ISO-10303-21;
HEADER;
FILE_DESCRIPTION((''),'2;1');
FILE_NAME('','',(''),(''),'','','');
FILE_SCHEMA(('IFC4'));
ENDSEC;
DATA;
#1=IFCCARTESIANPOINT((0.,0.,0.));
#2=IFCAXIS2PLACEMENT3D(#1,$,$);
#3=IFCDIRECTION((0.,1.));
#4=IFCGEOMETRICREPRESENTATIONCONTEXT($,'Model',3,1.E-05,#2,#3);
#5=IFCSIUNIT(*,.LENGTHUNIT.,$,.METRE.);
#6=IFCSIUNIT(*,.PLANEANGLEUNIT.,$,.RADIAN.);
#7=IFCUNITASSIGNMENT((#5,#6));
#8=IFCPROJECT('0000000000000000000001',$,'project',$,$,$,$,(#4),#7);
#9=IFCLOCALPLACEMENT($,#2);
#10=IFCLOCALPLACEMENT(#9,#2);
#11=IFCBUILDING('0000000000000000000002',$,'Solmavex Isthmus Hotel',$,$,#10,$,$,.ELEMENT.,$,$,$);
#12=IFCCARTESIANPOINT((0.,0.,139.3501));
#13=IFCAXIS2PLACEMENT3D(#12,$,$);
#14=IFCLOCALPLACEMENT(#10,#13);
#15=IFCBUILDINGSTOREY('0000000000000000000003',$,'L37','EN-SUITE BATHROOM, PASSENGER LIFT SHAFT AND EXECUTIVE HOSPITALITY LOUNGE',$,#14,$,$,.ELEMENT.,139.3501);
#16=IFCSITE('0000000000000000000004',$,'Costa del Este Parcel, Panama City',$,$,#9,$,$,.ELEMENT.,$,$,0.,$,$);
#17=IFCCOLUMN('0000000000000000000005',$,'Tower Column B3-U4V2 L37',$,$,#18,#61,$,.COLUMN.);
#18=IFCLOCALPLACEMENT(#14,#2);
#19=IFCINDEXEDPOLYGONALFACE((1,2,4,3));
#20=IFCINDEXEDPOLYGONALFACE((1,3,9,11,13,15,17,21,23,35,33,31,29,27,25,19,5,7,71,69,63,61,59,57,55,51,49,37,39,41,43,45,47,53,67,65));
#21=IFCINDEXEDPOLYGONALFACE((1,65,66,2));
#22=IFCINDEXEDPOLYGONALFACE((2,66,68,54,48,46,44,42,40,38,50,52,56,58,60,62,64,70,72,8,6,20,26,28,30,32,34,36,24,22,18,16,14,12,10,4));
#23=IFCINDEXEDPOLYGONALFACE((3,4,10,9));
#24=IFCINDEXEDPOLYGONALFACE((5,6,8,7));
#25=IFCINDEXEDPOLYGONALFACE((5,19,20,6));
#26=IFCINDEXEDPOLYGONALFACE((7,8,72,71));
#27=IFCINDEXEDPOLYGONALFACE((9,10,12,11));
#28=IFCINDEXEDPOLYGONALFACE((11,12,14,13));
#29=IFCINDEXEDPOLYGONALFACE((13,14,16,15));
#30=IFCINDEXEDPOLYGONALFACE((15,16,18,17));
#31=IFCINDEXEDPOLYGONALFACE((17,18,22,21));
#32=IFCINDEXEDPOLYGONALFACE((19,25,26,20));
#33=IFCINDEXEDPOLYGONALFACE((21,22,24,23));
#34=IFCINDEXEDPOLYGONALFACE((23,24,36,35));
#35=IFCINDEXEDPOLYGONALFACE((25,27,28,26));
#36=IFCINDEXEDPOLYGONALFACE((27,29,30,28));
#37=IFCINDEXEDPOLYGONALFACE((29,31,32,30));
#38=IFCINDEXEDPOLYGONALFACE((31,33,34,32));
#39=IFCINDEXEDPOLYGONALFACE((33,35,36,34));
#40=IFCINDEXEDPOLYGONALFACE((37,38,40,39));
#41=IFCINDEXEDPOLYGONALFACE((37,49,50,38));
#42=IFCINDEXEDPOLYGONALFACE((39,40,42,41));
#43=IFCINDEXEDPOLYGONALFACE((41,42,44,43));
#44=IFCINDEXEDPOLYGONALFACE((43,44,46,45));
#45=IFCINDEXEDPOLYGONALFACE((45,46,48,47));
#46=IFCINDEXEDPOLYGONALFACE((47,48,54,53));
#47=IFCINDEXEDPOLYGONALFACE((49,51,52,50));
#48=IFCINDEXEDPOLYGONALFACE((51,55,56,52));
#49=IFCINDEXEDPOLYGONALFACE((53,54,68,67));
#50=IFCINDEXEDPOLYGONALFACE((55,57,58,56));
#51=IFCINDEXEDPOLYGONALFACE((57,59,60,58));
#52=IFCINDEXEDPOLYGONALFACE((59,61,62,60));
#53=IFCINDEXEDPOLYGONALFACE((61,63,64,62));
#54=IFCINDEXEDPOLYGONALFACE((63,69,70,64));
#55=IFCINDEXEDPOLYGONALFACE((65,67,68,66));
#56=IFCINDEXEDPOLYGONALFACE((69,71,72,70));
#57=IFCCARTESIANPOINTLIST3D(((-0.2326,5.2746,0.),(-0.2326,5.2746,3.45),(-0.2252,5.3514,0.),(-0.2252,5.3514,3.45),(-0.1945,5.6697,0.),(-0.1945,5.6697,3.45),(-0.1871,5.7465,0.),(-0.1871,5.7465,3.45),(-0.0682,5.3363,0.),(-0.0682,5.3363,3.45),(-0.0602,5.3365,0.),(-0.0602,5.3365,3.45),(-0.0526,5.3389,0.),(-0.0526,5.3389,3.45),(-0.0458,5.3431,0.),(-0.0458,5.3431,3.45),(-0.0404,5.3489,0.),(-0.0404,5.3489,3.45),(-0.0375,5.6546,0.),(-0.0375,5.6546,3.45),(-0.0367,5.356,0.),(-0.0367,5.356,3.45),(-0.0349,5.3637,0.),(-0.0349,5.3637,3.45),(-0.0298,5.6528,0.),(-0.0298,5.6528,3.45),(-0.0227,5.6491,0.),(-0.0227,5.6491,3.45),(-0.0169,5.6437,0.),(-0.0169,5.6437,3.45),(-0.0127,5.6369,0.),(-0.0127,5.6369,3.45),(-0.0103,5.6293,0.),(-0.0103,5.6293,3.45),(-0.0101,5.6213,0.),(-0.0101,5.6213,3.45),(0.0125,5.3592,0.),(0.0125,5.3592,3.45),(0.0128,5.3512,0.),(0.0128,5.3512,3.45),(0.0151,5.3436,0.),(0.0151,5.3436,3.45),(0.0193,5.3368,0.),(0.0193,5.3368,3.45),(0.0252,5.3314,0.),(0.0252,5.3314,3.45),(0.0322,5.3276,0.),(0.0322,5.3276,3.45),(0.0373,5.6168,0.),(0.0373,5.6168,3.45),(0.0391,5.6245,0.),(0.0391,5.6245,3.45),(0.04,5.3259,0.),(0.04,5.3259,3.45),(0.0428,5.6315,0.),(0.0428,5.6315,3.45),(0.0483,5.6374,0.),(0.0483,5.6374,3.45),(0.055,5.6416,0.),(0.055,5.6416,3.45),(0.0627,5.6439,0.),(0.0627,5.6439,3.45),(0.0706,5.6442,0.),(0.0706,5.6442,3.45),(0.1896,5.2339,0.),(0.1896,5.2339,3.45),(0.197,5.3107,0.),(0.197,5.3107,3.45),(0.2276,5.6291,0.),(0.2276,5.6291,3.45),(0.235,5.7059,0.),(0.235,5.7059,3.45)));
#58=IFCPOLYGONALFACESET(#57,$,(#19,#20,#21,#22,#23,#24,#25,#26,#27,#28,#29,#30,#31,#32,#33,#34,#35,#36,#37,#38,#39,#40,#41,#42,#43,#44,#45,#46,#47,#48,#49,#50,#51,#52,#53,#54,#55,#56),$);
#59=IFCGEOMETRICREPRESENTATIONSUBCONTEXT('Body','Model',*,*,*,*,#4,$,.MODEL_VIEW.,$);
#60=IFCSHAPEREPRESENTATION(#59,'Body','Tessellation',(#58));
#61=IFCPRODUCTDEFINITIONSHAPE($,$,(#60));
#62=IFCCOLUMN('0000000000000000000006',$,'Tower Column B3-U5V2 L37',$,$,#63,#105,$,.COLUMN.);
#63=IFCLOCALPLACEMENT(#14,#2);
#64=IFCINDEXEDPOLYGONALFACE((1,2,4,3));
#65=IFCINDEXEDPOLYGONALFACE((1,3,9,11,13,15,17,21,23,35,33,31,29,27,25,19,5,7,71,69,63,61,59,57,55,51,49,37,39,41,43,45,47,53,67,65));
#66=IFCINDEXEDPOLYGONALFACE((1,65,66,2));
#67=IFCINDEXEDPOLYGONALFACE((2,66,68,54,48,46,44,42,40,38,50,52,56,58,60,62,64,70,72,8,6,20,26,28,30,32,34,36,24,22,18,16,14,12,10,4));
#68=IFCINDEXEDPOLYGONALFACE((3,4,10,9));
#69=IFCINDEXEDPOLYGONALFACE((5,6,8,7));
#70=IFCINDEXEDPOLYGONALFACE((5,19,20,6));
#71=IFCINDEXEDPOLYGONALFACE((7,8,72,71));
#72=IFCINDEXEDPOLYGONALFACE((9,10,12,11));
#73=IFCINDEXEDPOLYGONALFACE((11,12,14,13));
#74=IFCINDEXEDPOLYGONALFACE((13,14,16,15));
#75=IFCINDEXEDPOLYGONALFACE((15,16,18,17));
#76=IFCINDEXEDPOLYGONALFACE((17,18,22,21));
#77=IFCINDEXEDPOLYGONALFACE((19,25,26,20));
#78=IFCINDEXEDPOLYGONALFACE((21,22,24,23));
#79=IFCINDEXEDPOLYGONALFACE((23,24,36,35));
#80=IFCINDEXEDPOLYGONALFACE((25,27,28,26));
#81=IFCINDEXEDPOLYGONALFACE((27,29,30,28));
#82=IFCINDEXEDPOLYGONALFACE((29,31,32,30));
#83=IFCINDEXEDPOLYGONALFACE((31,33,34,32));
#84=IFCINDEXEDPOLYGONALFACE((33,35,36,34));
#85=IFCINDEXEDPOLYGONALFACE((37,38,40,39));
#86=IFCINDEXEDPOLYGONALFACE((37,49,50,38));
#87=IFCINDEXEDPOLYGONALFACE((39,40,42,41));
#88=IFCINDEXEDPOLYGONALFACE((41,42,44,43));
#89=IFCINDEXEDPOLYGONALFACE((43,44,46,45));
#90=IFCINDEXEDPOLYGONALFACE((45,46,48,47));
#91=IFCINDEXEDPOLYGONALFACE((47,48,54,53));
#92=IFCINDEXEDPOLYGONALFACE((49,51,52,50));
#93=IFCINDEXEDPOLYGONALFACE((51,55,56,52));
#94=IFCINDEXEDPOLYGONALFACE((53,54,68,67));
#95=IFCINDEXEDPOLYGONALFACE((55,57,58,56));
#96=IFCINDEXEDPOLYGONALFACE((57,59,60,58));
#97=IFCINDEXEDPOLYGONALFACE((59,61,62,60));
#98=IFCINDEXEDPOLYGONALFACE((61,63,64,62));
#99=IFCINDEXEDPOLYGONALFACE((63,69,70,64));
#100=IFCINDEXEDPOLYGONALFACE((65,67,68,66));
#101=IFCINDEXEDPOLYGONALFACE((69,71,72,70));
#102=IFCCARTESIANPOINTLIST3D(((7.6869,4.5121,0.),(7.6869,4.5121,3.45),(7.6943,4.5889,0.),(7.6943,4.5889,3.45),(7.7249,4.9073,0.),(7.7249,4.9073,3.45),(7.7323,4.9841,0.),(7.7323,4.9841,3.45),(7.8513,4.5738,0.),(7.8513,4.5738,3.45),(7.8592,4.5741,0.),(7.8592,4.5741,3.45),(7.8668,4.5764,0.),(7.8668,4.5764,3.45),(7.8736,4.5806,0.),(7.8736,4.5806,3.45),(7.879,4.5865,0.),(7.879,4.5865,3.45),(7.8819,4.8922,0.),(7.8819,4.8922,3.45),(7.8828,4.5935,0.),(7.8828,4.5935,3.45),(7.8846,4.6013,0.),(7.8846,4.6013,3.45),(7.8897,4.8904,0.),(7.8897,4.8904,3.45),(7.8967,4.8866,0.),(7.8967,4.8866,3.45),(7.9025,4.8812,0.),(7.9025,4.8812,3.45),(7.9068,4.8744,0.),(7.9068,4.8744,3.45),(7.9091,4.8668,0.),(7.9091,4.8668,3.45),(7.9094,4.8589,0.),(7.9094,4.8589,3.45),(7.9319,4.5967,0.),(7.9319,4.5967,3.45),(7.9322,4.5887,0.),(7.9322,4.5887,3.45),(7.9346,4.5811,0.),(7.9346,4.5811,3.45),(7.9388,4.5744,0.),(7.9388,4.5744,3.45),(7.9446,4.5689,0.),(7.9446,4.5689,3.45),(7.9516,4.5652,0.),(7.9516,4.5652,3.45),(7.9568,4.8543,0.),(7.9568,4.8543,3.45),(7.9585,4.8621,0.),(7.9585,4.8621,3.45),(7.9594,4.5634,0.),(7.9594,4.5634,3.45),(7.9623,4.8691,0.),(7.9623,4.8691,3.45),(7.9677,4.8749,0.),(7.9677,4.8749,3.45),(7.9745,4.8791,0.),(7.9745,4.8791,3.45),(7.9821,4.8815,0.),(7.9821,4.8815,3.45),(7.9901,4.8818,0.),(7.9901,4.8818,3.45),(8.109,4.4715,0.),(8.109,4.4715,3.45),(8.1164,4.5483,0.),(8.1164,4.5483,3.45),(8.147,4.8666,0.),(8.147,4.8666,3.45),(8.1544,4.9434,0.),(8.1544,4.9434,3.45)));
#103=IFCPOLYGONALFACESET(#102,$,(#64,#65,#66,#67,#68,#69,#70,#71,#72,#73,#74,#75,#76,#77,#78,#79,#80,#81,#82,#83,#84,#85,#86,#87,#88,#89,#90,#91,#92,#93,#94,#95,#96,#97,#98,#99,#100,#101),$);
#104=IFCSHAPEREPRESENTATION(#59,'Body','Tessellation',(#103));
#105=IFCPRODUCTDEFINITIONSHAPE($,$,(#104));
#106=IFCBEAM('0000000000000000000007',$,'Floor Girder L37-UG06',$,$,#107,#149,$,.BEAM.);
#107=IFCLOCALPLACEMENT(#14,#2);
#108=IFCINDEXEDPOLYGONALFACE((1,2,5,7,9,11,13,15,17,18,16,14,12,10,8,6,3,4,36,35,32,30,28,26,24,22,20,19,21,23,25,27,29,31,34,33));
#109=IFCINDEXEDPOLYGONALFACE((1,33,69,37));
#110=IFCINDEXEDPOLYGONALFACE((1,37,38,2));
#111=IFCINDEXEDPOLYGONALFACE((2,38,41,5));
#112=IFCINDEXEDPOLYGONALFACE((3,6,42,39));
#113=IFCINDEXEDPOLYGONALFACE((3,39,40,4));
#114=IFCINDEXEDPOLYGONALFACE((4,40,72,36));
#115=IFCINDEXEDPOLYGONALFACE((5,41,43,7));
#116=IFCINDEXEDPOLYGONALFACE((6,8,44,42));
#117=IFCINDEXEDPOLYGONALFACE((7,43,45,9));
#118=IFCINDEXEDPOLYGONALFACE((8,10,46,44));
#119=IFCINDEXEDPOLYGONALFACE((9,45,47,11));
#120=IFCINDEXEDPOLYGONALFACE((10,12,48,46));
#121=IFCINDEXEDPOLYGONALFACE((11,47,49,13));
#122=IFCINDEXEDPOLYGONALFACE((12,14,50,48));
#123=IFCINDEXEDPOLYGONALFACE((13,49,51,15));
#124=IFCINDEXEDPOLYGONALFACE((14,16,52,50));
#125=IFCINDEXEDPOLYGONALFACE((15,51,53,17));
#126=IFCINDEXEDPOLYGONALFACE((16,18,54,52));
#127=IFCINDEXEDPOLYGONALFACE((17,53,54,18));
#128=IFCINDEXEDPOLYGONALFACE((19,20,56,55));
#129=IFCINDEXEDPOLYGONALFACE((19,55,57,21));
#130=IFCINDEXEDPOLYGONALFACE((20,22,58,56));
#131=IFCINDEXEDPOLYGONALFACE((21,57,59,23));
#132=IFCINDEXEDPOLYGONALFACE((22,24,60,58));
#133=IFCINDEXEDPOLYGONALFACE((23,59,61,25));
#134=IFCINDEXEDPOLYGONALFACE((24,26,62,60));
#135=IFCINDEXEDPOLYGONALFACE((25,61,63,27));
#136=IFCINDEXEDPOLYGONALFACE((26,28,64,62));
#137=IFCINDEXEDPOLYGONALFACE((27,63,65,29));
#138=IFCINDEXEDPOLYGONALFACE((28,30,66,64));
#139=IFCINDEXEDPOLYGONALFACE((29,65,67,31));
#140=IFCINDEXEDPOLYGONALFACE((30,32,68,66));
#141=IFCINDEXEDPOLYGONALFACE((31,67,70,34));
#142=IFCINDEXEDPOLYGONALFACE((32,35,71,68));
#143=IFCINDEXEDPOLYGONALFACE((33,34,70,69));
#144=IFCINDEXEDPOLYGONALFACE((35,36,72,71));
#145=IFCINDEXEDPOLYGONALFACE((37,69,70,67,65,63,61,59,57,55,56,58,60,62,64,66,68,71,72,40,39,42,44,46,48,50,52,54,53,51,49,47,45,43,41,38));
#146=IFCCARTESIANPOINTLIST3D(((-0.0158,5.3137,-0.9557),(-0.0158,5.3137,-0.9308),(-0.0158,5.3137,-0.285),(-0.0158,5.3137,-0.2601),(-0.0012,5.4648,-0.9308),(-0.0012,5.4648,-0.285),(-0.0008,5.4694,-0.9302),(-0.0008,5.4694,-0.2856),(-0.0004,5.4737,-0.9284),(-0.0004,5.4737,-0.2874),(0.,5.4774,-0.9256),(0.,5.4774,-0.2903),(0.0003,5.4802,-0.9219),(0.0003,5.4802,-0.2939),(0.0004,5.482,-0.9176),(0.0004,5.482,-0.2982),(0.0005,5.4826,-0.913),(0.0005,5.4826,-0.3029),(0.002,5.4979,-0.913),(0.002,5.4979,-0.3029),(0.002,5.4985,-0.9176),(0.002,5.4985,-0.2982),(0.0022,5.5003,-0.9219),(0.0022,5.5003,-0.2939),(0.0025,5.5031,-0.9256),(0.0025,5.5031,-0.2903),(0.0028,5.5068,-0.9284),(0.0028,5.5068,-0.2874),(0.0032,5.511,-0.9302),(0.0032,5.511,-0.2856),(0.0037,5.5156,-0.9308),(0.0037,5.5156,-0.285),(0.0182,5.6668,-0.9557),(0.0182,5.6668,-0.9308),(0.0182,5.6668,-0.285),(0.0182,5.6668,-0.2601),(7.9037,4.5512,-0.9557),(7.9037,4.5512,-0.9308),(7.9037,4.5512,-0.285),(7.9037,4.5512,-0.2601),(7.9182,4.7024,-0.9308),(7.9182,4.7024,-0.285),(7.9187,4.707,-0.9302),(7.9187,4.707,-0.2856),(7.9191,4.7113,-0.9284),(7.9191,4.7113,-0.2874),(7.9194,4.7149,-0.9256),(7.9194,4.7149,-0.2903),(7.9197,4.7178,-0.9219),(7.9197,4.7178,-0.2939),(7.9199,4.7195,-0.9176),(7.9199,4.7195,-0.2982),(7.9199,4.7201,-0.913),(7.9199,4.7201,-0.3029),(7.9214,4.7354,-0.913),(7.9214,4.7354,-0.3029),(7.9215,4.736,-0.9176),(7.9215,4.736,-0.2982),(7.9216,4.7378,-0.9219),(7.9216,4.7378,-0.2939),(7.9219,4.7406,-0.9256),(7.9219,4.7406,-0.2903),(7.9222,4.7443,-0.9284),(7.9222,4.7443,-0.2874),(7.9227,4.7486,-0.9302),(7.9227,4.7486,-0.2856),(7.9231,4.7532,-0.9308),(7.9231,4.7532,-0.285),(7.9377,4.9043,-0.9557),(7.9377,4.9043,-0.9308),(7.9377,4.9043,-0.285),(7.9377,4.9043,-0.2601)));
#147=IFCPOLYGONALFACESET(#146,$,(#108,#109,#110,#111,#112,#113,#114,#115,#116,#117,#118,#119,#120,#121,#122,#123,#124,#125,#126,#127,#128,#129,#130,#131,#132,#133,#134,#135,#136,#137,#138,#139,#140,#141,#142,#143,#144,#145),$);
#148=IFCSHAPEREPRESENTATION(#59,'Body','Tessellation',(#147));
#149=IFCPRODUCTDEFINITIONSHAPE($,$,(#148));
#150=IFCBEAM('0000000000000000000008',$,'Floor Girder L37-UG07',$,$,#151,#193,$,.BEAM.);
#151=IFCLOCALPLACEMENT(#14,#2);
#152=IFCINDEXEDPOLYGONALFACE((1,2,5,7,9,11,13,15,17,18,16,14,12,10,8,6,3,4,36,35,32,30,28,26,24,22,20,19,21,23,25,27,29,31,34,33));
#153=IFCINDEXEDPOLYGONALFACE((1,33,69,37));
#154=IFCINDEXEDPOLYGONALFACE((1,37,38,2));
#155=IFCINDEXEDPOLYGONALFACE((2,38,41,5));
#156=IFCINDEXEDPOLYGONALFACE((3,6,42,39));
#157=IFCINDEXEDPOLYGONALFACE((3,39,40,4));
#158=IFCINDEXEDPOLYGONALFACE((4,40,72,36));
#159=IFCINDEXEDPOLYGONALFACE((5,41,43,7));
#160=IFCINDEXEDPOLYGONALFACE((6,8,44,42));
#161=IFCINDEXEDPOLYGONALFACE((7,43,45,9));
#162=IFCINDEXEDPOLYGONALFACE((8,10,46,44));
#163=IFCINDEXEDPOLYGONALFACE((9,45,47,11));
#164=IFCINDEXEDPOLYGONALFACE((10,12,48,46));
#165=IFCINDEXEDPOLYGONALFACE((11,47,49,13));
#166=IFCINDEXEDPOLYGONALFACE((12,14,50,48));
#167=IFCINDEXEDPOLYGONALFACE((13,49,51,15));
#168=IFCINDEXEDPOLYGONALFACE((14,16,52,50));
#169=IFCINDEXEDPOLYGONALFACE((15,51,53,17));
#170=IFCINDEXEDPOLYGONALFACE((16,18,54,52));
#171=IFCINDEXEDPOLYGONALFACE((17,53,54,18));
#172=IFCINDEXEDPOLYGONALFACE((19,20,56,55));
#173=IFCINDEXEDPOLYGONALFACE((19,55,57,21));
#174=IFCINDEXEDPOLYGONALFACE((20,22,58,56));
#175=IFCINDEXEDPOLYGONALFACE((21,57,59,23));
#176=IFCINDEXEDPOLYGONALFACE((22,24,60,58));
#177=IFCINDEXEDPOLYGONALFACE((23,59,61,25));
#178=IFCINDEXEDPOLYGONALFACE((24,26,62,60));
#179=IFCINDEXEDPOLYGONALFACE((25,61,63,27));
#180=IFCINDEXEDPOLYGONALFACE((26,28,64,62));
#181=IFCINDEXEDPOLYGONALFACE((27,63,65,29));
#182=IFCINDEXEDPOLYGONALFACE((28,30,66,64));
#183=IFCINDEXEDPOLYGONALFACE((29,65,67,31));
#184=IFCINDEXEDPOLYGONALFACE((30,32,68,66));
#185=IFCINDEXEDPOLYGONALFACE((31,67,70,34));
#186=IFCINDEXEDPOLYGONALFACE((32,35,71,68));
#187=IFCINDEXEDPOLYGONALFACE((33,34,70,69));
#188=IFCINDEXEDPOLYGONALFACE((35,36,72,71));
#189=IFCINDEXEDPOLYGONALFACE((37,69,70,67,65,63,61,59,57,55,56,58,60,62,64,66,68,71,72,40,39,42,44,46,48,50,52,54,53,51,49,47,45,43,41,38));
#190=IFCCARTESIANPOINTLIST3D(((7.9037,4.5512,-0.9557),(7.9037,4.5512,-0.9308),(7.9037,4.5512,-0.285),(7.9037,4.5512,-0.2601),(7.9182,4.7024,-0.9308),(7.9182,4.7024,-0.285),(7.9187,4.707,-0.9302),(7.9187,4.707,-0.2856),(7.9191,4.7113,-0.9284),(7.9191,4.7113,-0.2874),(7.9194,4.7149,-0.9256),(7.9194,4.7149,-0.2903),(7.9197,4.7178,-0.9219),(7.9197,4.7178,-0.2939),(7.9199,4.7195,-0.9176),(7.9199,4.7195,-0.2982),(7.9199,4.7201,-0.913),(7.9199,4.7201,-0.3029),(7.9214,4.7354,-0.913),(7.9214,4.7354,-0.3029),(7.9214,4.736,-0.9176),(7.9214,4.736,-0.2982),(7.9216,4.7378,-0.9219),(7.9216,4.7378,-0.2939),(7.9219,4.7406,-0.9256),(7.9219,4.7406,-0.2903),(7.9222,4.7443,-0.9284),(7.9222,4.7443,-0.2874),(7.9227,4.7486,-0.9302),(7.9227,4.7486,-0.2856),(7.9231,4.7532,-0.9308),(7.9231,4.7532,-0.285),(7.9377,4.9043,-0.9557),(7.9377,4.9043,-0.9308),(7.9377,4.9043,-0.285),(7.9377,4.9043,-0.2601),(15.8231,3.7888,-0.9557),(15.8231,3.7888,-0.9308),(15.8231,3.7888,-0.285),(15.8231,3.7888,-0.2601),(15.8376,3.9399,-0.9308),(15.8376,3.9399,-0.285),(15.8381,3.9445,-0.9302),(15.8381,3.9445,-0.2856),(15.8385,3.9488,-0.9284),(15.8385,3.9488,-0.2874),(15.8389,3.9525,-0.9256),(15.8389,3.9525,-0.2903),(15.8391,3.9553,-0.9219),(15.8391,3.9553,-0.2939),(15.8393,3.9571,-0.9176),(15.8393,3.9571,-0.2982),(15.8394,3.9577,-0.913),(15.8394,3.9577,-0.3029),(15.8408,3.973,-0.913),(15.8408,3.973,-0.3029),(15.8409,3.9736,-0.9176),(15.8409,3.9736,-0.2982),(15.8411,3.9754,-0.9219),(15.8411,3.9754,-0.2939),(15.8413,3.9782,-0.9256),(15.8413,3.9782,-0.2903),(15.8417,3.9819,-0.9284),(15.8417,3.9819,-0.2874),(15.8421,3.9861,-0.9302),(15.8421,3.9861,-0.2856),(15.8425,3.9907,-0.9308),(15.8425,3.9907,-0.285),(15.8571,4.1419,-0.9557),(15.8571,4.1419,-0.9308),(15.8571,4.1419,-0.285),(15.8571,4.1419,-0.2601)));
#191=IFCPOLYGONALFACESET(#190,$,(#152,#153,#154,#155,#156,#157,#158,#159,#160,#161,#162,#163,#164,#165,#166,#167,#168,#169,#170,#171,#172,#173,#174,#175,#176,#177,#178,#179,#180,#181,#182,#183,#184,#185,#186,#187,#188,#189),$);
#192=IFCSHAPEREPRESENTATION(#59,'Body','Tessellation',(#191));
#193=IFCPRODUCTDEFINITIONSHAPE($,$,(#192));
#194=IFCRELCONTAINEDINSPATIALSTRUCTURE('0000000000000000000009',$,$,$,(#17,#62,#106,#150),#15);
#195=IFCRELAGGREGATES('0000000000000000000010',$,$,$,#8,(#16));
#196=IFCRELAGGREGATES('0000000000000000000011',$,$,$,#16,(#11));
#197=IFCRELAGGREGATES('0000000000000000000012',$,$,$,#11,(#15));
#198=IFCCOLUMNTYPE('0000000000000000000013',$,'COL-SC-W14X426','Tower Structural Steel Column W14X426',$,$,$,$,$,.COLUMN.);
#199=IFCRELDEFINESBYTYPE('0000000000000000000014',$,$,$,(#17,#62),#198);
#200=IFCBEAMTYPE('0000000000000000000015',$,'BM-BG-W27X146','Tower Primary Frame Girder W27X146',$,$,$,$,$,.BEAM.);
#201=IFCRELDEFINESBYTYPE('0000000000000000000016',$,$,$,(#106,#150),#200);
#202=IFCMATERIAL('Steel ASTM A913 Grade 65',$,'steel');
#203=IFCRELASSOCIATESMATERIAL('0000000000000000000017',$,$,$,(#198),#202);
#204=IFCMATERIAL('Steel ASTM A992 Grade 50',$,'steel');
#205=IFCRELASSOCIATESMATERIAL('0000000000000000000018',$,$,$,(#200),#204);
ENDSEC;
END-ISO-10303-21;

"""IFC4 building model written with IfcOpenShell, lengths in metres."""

from ifc_helpers import new_model, si_unit, direction, frame, origin, origin_2d, place, context, subcontext, project, spatial, i_section, extrude, material, material_profile, profile_set, type_object, element, save


model = new_model("IFC4")

# Units and contexts
model_context = context("Model", 3, precision=1e-05, world=origin(), true_north=direction((0.0, 1.0)))
body_context = subcontext(model_context, "Body", "Model", "MODEL_VIEW")
ifc_project = project(units=[si_unit("LENGTHUNIT", "METRE"), si_unit("PLANEANGLEUNIT", "RADIAN")], contexts=[model_context])

# Site, building, storey
site_placement = place(None, origin())
site = spatial("IfcSite", under=ifc_project, at=site_placement, Name="Costa del Este Parcel, Panama City", CompositionType="ELEMENT", RefElevation=0.0)
building_placement = place(site_placement, origin())
building = spatial("IfcBuilding", under=site, at=building_placement, Name="Solmavex Isthmus Hotel", CompositionType="ELEMENT")
storey_placement = place(building_placement, frame((0.0, 0.0, 139.3501)))
storey = spatial("IfcBuildingStorey", under=building, at=storey_placement, Name="L37", Description="EN-SUITE BATHROOM, PASSENGER LIFT SHAFT AND EXECUTIVE HOSPITALITY LOUNGE", CompositionType="ELEMENT", Elevation=139.3501)

# Columns
ifc_material_1 = material(Name="Steel ASTM A913 Grade 65", Category="steel")
ifc_material_profile_1 = material_profile(ifc_material_1, i_section(OverallWidth=0.4241, OverallDepth=0.4741, WebThickness=0.0476, FlangeThickness=0.0771, FilletRadius=0.0305, at=origin_2d()), Name="W14X426")
ifc_profile_set_1 = profile_set([ifc_material_profile_1], Name="Steel ASTM A913 Grade 65")
column_type = type_object("IfcColumnType", Name="COL-SC-W14X426", Description="Tower Structural Steel Column W14X426", PredefinedType="COLUMN", material=ifc_profile_set_1)
for number, where, z_axis, x_axis, name in (
    (1, (0.0012, 5.4902, 0.0), (0.0, 0.0, 1.0), (0.995396, -0.095846, 0.0), "Tower Column B3-U4V2 L37"),
    (2, (7.9207, 4.7278, 0.0), (0.0, 0.0, 1.0), (0.995396, -0.095846, 0.0), "Tower Column B3-U5V2 L37"),
):
    element("IfcColumn", number, at=place(storey_placement, frame(where, z_axis=z_axis, x_axis=x_axis)), inside=storey, type_object=column_type, Name=name, PredefinedType="COLUMN", context=body_context, shape_type="SweptSolid", body=[
        extrude(i_section(OverallWidth=0.4241, OverallDepth=0.4741, WebThickness=0.0476, FlangeThickness=0.0771, FilletRadius=0.0305, at=origin_2d()), origin(), (0.0, 0.0, 1.0), 3.45),
    ])

# Beams
ifc_material_2 = material(Name="Steel ASTM A992 Grade 50", Category="steel")
ifc_material_profile_2 = material_profile(ifc_material_2, i_section(OverallWidth=0.3547, OverallDepth=0.6956, WebThickness=0.0154, FlangeThickness=0.0249, FilletRadius=0.0178, at=origin_2d()), Name="W27X146")
ifc_profile_set_2 = profile_set([ifc_material_profile_2], Name="Steel ASTM A992 Grade 50")
beam_type_1 = type_object("IfcBeamType", Name="BM-BG-W27X146", Description="Tower Primary Frame Girder W27X146", PredefinedType="BEAM", material=ifc_profile_set_2)
for number, where, z_axis, x_axis, name in (
    (3, (0.0012, 5.4902, -0.6079), (0.995397, -0.095833, 0.0), (0.095833, 0.995397, 0.0), "Floor Girder L37-UG06"),
    (4, (7.9207, 4.7278, -0.6079), (0.995397, -0.095833, 0.0), (0.095833, 0.995397, 0.0), "Floor Girder L37-UG07"),
):
    element("IfcBeam", number, at=place(storey_placement, frame(where, z_axis=z_axis, x_axis=x_axis)), inside=storey, type_object=beam_type_1, Name=name, PredefinedType="BEAM", context=body_context, shape_type="SweptSolid", body=[
        extrude(i_section(OverallWidth=0.3547, OverallDepth=0.6956, WebThickness=0.0154, FlangeThickness=0.0249, FilletRadius=0.0178, at=origin_2d()), origin(), (0.0, 0.0, 1.0), 7.9561),
    ])

save(model, "model.ifc")
